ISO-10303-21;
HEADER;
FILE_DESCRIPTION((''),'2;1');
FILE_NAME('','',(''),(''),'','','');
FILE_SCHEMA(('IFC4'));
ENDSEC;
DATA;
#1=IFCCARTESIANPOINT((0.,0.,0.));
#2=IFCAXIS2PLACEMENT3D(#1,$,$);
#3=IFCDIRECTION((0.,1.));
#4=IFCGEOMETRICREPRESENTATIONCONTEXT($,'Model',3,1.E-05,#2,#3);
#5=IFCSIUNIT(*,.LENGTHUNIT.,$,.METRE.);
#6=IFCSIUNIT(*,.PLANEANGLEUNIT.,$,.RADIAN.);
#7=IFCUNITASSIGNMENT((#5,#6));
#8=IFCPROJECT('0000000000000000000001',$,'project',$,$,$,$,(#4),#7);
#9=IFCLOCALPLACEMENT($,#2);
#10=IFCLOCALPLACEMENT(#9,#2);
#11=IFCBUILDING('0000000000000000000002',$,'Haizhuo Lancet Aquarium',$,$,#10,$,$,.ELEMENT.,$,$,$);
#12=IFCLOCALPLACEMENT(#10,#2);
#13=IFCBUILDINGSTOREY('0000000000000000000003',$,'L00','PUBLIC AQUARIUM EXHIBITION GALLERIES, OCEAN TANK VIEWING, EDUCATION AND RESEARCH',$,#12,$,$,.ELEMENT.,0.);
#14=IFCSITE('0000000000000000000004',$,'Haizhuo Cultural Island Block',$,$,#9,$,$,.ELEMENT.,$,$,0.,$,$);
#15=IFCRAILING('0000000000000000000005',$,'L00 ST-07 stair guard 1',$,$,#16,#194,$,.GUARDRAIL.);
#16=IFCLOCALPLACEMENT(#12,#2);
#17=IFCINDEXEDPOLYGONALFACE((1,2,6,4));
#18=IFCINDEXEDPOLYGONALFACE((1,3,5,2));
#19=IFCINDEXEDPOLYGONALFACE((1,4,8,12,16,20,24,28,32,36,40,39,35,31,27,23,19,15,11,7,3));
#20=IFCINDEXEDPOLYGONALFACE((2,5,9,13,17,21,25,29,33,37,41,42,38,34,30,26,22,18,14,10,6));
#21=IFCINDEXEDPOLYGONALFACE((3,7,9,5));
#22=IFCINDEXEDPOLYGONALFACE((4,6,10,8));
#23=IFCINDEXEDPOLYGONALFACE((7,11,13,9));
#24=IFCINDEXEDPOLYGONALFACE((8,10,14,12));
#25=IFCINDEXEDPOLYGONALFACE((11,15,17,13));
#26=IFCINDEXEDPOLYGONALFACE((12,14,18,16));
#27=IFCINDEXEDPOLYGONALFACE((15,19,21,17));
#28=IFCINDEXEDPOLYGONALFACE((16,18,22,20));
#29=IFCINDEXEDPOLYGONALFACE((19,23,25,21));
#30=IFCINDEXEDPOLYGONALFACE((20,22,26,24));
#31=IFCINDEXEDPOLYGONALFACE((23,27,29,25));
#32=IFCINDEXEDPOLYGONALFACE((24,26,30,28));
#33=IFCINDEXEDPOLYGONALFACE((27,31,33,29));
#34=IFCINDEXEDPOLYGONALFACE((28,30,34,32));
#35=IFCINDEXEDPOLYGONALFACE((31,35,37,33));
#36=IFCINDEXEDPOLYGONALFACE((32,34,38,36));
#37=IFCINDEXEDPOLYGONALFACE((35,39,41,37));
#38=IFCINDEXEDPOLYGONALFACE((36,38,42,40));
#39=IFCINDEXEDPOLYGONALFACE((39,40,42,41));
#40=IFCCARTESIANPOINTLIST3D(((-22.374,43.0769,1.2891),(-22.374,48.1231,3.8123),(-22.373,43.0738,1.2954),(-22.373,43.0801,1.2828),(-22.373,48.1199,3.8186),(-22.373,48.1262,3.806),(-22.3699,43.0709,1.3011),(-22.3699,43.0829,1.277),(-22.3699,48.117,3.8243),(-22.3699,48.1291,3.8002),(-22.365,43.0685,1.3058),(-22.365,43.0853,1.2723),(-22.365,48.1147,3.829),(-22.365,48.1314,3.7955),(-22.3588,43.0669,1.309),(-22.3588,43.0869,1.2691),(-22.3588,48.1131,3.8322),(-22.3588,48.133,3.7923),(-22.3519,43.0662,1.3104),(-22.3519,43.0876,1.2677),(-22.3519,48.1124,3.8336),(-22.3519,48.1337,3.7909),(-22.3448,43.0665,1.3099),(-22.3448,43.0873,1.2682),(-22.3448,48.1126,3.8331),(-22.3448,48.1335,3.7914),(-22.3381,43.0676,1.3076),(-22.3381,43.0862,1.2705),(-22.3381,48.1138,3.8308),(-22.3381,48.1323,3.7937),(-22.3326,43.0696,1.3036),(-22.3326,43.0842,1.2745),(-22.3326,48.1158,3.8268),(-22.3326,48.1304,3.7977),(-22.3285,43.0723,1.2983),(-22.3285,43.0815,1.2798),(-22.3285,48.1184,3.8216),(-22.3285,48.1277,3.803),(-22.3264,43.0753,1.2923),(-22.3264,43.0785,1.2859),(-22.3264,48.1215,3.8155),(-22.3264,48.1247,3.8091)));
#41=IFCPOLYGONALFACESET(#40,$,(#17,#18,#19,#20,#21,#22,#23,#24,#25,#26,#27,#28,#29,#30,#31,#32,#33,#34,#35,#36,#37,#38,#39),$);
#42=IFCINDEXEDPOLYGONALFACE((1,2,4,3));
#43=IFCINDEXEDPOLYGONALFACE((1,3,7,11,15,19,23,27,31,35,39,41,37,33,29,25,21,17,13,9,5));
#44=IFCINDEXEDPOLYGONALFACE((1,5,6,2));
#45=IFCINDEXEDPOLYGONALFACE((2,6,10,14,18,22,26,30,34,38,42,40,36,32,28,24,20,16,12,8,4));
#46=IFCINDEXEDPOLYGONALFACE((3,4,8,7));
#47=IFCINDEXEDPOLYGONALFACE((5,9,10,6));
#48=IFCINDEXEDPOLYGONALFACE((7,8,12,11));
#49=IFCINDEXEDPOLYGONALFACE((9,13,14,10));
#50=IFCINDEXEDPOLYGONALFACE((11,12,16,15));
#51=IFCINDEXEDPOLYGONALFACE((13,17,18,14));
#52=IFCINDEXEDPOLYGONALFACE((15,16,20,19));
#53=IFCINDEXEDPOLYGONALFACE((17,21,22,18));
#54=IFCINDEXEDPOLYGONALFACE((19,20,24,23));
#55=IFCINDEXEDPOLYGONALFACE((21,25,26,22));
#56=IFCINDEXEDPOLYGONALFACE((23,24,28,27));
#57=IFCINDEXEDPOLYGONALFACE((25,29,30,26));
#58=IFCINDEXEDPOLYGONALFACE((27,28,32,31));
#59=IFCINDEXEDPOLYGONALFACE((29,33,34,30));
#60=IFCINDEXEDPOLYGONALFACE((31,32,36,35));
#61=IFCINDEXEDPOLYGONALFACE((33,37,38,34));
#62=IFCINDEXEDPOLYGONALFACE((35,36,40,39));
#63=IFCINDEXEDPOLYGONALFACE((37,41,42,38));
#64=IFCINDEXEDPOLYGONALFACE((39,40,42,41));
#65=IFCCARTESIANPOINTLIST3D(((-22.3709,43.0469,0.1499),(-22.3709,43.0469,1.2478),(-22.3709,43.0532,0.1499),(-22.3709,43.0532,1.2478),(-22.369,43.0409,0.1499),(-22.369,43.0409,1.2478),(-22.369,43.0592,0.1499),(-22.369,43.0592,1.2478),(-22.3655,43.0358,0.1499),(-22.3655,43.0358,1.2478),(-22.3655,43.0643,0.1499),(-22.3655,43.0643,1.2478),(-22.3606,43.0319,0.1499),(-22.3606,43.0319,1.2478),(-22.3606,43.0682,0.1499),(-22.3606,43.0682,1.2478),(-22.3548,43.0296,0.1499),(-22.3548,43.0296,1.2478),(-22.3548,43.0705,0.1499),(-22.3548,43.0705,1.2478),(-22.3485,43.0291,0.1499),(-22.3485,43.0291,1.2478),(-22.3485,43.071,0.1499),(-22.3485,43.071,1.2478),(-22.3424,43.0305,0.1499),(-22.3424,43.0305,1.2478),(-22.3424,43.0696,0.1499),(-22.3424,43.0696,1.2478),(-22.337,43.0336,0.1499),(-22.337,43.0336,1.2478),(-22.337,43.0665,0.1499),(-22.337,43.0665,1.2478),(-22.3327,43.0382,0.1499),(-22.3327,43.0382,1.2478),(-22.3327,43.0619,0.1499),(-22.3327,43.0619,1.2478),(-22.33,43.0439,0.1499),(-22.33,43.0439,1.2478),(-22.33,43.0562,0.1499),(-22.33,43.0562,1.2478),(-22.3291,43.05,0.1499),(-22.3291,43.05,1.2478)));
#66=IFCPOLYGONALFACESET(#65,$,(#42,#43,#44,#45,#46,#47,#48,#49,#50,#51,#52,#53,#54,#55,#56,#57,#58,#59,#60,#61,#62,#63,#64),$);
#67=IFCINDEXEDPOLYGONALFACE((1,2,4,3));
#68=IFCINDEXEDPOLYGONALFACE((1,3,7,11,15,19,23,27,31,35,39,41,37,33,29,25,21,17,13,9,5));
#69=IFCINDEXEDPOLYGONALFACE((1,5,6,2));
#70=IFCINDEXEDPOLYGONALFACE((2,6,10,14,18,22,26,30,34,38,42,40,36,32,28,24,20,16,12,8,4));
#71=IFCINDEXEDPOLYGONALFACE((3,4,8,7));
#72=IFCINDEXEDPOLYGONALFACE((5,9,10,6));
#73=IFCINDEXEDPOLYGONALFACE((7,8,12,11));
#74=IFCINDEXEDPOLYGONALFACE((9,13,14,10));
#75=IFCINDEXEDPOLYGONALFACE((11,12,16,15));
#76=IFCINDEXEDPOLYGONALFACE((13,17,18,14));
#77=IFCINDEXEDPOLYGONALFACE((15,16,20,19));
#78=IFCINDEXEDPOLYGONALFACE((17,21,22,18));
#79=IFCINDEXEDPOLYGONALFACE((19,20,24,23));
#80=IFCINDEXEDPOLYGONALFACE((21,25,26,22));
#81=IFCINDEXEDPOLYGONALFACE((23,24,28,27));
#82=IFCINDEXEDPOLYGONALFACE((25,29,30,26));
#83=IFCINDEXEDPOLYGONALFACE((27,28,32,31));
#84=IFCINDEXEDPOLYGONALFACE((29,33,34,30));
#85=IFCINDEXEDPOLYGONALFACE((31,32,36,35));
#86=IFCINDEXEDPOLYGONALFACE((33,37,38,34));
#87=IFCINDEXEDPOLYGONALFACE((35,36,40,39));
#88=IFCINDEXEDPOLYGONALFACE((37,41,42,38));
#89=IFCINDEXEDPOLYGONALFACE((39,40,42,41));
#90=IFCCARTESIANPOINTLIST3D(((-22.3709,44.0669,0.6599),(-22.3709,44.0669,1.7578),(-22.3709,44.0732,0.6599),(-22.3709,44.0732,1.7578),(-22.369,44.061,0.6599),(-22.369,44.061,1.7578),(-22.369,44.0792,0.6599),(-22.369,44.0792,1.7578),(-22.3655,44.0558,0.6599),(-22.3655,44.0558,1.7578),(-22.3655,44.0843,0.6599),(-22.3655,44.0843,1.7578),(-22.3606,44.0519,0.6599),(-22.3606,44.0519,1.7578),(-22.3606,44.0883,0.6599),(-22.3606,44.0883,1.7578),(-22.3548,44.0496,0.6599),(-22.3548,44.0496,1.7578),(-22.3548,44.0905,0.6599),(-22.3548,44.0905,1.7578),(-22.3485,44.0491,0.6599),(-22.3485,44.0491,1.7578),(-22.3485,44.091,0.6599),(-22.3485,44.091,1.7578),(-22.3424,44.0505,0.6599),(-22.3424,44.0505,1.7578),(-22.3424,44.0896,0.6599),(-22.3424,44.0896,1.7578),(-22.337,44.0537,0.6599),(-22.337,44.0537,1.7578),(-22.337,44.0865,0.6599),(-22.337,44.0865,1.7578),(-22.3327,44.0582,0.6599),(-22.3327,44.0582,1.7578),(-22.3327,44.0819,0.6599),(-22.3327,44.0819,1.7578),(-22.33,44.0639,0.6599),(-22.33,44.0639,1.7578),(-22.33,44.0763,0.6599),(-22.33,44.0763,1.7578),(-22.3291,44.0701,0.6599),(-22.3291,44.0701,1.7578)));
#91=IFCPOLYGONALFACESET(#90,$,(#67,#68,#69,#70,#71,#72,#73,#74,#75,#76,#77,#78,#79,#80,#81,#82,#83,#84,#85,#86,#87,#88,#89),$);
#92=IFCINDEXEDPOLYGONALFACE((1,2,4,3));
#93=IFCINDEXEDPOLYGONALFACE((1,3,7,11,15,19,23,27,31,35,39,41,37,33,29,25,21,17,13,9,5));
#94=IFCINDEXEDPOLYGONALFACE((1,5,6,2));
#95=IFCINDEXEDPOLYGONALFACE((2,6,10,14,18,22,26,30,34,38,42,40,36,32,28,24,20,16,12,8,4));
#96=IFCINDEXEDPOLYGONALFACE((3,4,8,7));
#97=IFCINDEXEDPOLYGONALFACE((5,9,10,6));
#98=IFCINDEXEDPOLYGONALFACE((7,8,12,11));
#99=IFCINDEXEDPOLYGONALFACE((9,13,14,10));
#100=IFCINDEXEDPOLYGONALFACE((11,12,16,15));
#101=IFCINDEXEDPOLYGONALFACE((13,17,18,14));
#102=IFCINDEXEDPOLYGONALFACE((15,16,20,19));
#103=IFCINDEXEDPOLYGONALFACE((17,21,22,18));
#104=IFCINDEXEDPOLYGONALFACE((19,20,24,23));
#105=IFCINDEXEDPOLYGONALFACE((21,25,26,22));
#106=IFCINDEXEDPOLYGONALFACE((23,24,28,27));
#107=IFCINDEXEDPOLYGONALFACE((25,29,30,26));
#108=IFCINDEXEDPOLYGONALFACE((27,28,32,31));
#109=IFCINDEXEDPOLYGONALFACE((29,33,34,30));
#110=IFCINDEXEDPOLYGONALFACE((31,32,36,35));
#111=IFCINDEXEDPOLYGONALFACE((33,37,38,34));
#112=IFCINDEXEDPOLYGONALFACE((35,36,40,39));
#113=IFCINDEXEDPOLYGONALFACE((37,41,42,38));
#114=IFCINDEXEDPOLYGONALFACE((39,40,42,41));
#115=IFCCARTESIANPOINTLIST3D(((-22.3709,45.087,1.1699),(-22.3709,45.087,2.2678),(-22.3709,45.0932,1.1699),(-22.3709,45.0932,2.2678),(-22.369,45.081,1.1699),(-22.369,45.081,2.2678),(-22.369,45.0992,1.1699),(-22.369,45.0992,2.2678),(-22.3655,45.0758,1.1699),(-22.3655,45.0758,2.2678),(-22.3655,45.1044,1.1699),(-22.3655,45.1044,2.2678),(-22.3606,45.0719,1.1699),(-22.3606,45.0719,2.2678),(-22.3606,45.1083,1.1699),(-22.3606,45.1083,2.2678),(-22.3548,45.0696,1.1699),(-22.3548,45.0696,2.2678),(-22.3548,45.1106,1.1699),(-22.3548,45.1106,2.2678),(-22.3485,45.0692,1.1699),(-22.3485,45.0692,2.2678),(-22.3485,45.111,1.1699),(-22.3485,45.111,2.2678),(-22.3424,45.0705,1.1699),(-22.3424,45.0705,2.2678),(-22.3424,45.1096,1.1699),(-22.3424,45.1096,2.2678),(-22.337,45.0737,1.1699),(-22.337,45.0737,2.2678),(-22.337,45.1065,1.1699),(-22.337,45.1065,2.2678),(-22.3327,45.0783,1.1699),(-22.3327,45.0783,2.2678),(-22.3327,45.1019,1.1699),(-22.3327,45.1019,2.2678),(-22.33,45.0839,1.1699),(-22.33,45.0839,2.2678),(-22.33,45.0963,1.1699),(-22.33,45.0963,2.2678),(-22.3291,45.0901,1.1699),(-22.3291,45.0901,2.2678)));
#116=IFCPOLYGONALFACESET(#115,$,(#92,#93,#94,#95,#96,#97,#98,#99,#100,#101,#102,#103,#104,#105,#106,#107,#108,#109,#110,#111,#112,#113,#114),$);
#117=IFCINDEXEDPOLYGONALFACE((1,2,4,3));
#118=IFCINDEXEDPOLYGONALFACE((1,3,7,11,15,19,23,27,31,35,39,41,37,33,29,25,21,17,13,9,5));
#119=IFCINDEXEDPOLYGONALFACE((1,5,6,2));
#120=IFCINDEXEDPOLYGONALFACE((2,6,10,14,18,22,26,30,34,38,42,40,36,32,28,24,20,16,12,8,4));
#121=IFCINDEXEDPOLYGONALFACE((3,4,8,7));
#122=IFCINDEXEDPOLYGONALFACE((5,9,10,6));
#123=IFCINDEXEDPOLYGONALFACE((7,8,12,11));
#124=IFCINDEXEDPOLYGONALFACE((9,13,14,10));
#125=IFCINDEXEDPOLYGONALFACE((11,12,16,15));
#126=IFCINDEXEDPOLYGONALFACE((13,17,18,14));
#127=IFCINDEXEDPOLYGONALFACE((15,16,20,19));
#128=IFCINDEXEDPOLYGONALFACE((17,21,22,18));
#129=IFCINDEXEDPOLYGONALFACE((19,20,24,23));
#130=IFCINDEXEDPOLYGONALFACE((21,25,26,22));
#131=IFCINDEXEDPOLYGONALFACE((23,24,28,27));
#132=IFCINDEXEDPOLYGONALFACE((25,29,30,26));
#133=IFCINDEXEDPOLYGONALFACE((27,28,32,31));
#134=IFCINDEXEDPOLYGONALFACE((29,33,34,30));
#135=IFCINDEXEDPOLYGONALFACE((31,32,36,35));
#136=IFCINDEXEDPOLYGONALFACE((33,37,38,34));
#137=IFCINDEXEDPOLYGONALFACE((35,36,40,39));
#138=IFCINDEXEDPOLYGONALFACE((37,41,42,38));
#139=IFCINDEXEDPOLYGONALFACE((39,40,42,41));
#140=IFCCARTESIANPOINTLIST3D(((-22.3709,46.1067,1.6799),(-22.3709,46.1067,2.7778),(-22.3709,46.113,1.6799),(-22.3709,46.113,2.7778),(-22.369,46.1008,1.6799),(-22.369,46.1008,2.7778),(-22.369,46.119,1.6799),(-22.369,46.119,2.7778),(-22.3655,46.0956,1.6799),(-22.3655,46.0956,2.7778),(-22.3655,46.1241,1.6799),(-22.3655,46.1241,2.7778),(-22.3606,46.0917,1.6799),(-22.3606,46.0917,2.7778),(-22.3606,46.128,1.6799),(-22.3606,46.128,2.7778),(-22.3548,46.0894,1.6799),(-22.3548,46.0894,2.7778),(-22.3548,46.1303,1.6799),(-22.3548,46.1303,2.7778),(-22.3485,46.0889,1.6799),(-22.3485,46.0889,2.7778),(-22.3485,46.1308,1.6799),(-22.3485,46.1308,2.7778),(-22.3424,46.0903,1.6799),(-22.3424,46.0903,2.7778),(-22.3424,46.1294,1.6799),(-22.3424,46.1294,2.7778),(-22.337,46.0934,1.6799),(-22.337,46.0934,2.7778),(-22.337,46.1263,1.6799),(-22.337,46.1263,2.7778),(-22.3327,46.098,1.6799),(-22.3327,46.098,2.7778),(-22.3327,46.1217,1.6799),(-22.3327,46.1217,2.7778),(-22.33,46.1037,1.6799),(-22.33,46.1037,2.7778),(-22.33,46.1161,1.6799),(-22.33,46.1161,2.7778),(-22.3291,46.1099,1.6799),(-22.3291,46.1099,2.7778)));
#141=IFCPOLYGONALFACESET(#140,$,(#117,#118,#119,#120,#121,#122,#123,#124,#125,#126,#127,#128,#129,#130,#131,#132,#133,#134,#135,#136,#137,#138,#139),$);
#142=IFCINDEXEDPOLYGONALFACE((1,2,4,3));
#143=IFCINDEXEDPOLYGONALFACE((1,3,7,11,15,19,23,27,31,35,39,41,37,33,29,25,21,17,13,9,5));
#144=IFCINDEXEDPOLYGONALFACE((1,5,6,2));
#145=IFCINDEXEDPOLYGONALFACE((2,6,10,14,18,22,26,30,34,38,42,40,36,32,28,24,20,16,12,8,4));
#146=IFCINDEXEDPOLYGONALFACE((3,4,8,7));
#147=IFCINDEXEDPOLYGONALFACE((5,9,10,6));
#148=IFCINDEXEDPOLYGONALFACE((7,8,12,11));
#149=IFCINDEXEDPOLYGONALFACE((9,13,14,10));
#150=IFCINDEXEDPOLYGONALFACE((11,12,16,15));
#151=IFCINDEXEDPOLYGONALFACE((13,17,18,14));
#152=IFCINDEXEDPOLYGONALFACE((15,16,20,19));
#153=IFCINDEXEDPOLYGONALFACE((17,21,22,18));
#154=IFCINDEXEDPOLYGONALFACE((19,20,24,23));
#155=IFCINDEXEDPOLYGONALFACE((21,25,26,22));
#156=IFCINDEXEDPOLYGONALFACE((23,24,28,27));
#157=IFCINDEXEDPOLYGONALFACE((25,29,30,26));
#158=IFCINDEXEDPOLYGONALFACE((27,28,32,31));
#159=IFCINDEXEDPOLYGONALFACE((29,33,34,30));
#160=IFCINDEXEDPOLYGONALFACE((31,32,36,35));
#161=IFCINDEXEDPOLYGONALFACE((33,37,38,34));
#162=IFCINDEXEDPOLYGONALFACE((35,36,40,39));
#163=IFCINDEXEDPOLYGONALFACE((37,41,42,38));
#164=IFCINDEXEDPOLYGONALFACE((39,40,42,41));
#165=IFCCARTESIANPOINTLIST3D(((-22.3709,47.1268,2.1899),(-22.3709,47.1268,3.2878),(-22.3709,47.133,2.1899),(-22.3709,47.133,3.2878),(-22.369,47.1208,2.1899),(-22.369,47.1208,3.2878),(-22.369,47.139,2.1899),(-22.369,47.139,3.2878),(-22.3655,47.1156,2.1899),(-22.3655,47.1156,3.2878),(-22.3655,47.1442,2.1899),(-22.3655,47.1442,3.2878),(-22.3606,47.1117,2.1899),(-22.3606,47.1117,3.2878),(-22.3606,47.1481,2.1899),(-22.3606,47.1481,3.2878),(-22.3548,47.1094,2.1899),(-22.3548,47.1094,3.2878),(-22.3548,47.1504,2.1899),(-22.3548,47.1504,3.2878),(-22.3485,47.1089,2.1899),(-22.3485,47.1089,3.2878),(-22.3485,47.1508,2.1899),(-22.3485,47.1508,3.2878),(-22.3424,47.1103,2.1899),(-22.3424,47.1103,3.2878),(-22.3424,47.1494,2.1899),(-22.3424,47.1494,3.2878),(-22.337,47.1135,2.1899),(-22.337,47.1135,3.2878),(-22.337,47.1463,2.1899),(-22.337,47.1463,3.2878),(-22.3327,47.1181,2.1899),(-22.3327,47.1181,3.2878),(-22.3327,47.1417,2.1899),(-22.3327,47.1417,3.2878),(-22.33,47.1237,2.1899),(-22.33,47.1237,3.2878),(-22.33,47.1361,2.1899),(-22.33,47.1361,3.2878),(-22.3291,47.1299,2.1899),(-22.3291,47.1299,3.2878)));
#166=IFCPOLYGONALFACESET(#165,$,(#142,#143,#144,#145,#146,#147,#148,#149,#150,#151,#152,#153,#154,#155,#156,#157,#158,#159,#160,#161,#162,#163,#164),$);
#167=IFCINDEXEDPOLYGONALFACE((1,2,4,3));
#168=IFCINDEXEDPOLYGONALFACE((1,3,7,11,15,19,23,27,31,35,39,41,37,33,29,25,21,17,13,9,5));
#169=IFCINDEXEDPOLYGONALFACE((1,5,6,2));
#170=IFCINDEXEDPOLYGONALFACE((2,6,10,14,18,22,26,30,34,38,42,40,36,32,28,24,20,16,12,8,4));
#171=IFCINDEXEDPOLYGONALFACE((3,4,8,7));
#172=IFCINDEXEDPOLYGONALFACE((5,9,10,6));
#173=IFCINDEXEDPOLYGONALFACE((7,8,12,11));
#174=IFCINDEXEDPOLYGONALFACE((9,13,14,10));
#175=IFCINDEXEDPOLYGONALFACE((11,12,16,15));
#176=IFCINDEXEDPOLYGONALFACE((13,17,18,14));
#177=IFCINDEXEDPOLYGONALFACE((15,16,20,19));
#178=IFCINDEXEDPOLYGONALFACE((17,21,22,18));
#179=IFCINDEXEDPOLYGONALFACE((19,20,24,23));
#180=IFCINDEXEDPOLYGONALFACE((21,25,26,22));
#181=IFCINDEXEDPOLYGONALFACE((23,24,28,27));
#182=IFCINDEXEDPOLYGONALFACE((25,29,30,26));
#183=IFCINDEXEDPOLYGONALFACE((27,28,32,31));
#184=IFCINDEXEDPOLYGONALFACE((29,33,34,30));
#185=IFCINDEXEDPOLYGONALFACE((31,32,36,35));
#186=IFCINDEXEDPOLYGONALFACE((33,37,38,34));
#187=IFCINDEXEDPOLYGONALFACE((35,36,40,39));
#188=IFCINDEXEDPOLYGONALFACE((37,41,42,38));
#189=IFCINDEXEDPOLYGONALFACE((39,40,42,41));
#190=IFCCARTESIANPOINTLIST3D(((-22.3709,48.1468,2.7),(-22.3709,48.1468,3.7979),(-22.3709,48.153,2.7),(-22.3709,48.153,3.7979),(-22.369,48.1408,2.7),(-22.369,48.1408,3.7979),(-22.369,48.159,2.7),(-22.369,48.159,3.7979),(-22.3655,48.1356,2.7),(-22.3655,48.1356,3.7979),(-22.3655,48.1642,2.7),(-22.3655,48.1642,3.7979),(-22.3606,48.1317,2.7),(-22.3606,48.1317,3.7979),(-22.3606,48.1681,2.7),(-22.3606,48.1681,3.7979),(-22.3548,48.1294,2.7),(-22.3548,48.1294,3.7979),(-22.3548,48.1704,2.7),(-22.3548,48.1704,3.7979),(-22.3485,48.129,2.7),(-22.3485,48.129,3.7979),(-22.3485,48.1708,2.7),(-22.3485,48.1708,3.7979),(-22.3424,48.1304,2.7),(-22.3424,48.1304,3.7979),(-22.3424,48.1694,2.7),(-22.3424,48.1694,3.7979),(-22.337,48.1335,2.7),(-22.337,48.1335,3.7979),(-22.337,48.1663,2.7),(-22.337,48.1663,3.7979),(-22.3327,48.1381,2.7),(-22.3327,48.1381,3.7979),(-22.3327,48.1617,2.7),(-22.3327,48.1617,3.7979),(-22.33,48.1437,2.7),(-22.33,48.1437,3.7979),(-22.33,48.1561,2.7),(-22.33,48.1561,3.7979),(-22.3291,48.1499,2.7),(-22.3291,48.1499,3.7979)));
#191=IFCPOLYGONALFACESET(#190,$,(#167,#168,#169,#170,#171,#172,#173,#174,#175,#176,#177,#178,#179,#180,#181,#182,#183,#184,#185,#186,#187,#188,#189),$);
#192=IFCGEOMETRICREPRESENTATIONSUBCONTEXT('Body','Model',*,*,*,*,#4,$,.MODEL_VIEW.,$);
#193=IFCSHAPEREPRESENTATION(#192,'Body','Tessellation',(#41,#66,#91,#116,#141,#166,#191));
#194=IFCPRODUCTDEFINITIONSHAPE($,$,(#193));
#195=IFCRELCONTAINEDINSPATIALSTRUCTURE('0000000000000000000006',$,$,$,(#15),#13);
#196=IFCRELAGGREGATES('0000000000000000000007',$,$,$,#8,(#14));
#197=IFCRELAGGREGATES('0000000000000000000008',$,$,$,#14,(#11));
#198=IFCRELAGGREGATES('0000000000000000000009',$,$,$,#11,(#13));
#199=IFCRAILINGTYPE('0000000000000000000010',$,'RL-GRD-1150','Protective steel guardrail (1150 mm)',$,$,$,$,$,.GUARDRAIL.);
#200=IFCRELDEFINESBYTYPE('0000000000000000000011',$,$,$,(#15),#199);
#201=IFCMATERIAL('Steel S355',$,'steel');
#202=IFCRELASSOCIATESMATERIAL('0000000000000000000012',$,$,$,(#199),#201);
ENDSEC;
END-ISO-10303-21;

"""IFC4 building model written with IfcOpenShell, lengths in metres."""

from ifc_helpers import new_model, si_unit, direction, frame, origin, origin_2d, place, context, subcontext, project, spatial, circle, extrude, material, type_object, element, save


model = new_model("IFC4")

# Units and contexts
model_context = context("Model", 3, precision=1e-05, world=origin(), true_north=direction((0.0, 1.0)))
body_context = subcontext(model_context, "Body", "Model", "MODEL_VIEW")
ifc_project = project(units=[si_unit("LENGTHUNIT", "METRE"), si_unit("PLANEANGLEUNIT", "RADIAN")], contexts=[model_context])

# Site, building, storey
site_placement = place(None, origin())
site = spatial("IfcSite", under=ifc_project, at=site_placement, Name="Haizhuo Cultural Island Block", CompositionType="ELEMENT", RefElevation=0.0)
building_placement = place(site_placement, origin())
building = spatial("IfcBuilding", under=site, at=building_placement, Name="Haizhuo Lancet Aquarium", CompositionType="ELEMENT")
storey_placement = place(building_placement, origin())
storey = spatial("IfcBuildingStorey", under=building, at=storey_placement, Name="L00", Description="PUBLIC AQUARIUM EXHIBITION GALLERIES, OCEAN TANK VIEWING, EDUCATION AND RESEARCH", CompositionType="ELEMENT", Elevation=0.0)

# Shared definitions
ifc_material_1 = material(Name="Steel S355", Category="steel")

# Railing
railing_type_1 = type_object("IfcRailingType", Name="RL-GRD-1150", Description="Protective steel guardrail (1150 mm)", PredefinedType="GUARDRAIL", material=ifc_material_1)
railing_1_placement = place(storey_placement, frame((-22.3501, 43.05, 0.1499)))
element("IfcRailing", 1, at=railing_1_placement, inside=storey, type_object=railing_type_1, Name="L00 ST-07 stair guard 1", PredefinedType="GUARDRAIL", context=body_context, shape_type="SweptSolid", body=[
    extrude(circle(Radius=0.0239, at=origin_2d()), frame((0.0, 0.0269, 1.1392), z_axis=(0.0, 0.894419, 0.447231), x_axis=(-1.0, 0.0, 0.0)), (0.0, 0.0, 1.0), 5.6418),
    extrude(circle(Radius=0.021, at=origin_2d()), origin(), (0.0, 0.0, 1.0), 1.0979),
    extrude(circle(Radius=0.021, at=origin_2d()), frame((0.0, 1.02, 0.51)), (0.0, 0.0, 1.0), 1.0979),
    extrude(circle(Radius=0.021, at=origin_2d()), frame((0.0, 2.04, 1.02)), (0.0, 0.0, 1.0), 1.0979),
    extrude(circle(Radius=0.021, at=origin_2d()), frame((0.0, 3.0598, 1.53)), (0.0, 0.0, 1.0), 1.0979),
    extrude(circle(Radius=0.021, at=origin_2d()), frame((0.0, 4.0798, 2.04)), (0.0, 0.0, 1.0), 1.0979),
    extrude(circle(Radius=0.021, at=origin_2d()), frame((0.0, 5.0999, 2.55)), (0.0, 0.0, 1.0), 1.0979),
])

save(model, "model.ifc")
